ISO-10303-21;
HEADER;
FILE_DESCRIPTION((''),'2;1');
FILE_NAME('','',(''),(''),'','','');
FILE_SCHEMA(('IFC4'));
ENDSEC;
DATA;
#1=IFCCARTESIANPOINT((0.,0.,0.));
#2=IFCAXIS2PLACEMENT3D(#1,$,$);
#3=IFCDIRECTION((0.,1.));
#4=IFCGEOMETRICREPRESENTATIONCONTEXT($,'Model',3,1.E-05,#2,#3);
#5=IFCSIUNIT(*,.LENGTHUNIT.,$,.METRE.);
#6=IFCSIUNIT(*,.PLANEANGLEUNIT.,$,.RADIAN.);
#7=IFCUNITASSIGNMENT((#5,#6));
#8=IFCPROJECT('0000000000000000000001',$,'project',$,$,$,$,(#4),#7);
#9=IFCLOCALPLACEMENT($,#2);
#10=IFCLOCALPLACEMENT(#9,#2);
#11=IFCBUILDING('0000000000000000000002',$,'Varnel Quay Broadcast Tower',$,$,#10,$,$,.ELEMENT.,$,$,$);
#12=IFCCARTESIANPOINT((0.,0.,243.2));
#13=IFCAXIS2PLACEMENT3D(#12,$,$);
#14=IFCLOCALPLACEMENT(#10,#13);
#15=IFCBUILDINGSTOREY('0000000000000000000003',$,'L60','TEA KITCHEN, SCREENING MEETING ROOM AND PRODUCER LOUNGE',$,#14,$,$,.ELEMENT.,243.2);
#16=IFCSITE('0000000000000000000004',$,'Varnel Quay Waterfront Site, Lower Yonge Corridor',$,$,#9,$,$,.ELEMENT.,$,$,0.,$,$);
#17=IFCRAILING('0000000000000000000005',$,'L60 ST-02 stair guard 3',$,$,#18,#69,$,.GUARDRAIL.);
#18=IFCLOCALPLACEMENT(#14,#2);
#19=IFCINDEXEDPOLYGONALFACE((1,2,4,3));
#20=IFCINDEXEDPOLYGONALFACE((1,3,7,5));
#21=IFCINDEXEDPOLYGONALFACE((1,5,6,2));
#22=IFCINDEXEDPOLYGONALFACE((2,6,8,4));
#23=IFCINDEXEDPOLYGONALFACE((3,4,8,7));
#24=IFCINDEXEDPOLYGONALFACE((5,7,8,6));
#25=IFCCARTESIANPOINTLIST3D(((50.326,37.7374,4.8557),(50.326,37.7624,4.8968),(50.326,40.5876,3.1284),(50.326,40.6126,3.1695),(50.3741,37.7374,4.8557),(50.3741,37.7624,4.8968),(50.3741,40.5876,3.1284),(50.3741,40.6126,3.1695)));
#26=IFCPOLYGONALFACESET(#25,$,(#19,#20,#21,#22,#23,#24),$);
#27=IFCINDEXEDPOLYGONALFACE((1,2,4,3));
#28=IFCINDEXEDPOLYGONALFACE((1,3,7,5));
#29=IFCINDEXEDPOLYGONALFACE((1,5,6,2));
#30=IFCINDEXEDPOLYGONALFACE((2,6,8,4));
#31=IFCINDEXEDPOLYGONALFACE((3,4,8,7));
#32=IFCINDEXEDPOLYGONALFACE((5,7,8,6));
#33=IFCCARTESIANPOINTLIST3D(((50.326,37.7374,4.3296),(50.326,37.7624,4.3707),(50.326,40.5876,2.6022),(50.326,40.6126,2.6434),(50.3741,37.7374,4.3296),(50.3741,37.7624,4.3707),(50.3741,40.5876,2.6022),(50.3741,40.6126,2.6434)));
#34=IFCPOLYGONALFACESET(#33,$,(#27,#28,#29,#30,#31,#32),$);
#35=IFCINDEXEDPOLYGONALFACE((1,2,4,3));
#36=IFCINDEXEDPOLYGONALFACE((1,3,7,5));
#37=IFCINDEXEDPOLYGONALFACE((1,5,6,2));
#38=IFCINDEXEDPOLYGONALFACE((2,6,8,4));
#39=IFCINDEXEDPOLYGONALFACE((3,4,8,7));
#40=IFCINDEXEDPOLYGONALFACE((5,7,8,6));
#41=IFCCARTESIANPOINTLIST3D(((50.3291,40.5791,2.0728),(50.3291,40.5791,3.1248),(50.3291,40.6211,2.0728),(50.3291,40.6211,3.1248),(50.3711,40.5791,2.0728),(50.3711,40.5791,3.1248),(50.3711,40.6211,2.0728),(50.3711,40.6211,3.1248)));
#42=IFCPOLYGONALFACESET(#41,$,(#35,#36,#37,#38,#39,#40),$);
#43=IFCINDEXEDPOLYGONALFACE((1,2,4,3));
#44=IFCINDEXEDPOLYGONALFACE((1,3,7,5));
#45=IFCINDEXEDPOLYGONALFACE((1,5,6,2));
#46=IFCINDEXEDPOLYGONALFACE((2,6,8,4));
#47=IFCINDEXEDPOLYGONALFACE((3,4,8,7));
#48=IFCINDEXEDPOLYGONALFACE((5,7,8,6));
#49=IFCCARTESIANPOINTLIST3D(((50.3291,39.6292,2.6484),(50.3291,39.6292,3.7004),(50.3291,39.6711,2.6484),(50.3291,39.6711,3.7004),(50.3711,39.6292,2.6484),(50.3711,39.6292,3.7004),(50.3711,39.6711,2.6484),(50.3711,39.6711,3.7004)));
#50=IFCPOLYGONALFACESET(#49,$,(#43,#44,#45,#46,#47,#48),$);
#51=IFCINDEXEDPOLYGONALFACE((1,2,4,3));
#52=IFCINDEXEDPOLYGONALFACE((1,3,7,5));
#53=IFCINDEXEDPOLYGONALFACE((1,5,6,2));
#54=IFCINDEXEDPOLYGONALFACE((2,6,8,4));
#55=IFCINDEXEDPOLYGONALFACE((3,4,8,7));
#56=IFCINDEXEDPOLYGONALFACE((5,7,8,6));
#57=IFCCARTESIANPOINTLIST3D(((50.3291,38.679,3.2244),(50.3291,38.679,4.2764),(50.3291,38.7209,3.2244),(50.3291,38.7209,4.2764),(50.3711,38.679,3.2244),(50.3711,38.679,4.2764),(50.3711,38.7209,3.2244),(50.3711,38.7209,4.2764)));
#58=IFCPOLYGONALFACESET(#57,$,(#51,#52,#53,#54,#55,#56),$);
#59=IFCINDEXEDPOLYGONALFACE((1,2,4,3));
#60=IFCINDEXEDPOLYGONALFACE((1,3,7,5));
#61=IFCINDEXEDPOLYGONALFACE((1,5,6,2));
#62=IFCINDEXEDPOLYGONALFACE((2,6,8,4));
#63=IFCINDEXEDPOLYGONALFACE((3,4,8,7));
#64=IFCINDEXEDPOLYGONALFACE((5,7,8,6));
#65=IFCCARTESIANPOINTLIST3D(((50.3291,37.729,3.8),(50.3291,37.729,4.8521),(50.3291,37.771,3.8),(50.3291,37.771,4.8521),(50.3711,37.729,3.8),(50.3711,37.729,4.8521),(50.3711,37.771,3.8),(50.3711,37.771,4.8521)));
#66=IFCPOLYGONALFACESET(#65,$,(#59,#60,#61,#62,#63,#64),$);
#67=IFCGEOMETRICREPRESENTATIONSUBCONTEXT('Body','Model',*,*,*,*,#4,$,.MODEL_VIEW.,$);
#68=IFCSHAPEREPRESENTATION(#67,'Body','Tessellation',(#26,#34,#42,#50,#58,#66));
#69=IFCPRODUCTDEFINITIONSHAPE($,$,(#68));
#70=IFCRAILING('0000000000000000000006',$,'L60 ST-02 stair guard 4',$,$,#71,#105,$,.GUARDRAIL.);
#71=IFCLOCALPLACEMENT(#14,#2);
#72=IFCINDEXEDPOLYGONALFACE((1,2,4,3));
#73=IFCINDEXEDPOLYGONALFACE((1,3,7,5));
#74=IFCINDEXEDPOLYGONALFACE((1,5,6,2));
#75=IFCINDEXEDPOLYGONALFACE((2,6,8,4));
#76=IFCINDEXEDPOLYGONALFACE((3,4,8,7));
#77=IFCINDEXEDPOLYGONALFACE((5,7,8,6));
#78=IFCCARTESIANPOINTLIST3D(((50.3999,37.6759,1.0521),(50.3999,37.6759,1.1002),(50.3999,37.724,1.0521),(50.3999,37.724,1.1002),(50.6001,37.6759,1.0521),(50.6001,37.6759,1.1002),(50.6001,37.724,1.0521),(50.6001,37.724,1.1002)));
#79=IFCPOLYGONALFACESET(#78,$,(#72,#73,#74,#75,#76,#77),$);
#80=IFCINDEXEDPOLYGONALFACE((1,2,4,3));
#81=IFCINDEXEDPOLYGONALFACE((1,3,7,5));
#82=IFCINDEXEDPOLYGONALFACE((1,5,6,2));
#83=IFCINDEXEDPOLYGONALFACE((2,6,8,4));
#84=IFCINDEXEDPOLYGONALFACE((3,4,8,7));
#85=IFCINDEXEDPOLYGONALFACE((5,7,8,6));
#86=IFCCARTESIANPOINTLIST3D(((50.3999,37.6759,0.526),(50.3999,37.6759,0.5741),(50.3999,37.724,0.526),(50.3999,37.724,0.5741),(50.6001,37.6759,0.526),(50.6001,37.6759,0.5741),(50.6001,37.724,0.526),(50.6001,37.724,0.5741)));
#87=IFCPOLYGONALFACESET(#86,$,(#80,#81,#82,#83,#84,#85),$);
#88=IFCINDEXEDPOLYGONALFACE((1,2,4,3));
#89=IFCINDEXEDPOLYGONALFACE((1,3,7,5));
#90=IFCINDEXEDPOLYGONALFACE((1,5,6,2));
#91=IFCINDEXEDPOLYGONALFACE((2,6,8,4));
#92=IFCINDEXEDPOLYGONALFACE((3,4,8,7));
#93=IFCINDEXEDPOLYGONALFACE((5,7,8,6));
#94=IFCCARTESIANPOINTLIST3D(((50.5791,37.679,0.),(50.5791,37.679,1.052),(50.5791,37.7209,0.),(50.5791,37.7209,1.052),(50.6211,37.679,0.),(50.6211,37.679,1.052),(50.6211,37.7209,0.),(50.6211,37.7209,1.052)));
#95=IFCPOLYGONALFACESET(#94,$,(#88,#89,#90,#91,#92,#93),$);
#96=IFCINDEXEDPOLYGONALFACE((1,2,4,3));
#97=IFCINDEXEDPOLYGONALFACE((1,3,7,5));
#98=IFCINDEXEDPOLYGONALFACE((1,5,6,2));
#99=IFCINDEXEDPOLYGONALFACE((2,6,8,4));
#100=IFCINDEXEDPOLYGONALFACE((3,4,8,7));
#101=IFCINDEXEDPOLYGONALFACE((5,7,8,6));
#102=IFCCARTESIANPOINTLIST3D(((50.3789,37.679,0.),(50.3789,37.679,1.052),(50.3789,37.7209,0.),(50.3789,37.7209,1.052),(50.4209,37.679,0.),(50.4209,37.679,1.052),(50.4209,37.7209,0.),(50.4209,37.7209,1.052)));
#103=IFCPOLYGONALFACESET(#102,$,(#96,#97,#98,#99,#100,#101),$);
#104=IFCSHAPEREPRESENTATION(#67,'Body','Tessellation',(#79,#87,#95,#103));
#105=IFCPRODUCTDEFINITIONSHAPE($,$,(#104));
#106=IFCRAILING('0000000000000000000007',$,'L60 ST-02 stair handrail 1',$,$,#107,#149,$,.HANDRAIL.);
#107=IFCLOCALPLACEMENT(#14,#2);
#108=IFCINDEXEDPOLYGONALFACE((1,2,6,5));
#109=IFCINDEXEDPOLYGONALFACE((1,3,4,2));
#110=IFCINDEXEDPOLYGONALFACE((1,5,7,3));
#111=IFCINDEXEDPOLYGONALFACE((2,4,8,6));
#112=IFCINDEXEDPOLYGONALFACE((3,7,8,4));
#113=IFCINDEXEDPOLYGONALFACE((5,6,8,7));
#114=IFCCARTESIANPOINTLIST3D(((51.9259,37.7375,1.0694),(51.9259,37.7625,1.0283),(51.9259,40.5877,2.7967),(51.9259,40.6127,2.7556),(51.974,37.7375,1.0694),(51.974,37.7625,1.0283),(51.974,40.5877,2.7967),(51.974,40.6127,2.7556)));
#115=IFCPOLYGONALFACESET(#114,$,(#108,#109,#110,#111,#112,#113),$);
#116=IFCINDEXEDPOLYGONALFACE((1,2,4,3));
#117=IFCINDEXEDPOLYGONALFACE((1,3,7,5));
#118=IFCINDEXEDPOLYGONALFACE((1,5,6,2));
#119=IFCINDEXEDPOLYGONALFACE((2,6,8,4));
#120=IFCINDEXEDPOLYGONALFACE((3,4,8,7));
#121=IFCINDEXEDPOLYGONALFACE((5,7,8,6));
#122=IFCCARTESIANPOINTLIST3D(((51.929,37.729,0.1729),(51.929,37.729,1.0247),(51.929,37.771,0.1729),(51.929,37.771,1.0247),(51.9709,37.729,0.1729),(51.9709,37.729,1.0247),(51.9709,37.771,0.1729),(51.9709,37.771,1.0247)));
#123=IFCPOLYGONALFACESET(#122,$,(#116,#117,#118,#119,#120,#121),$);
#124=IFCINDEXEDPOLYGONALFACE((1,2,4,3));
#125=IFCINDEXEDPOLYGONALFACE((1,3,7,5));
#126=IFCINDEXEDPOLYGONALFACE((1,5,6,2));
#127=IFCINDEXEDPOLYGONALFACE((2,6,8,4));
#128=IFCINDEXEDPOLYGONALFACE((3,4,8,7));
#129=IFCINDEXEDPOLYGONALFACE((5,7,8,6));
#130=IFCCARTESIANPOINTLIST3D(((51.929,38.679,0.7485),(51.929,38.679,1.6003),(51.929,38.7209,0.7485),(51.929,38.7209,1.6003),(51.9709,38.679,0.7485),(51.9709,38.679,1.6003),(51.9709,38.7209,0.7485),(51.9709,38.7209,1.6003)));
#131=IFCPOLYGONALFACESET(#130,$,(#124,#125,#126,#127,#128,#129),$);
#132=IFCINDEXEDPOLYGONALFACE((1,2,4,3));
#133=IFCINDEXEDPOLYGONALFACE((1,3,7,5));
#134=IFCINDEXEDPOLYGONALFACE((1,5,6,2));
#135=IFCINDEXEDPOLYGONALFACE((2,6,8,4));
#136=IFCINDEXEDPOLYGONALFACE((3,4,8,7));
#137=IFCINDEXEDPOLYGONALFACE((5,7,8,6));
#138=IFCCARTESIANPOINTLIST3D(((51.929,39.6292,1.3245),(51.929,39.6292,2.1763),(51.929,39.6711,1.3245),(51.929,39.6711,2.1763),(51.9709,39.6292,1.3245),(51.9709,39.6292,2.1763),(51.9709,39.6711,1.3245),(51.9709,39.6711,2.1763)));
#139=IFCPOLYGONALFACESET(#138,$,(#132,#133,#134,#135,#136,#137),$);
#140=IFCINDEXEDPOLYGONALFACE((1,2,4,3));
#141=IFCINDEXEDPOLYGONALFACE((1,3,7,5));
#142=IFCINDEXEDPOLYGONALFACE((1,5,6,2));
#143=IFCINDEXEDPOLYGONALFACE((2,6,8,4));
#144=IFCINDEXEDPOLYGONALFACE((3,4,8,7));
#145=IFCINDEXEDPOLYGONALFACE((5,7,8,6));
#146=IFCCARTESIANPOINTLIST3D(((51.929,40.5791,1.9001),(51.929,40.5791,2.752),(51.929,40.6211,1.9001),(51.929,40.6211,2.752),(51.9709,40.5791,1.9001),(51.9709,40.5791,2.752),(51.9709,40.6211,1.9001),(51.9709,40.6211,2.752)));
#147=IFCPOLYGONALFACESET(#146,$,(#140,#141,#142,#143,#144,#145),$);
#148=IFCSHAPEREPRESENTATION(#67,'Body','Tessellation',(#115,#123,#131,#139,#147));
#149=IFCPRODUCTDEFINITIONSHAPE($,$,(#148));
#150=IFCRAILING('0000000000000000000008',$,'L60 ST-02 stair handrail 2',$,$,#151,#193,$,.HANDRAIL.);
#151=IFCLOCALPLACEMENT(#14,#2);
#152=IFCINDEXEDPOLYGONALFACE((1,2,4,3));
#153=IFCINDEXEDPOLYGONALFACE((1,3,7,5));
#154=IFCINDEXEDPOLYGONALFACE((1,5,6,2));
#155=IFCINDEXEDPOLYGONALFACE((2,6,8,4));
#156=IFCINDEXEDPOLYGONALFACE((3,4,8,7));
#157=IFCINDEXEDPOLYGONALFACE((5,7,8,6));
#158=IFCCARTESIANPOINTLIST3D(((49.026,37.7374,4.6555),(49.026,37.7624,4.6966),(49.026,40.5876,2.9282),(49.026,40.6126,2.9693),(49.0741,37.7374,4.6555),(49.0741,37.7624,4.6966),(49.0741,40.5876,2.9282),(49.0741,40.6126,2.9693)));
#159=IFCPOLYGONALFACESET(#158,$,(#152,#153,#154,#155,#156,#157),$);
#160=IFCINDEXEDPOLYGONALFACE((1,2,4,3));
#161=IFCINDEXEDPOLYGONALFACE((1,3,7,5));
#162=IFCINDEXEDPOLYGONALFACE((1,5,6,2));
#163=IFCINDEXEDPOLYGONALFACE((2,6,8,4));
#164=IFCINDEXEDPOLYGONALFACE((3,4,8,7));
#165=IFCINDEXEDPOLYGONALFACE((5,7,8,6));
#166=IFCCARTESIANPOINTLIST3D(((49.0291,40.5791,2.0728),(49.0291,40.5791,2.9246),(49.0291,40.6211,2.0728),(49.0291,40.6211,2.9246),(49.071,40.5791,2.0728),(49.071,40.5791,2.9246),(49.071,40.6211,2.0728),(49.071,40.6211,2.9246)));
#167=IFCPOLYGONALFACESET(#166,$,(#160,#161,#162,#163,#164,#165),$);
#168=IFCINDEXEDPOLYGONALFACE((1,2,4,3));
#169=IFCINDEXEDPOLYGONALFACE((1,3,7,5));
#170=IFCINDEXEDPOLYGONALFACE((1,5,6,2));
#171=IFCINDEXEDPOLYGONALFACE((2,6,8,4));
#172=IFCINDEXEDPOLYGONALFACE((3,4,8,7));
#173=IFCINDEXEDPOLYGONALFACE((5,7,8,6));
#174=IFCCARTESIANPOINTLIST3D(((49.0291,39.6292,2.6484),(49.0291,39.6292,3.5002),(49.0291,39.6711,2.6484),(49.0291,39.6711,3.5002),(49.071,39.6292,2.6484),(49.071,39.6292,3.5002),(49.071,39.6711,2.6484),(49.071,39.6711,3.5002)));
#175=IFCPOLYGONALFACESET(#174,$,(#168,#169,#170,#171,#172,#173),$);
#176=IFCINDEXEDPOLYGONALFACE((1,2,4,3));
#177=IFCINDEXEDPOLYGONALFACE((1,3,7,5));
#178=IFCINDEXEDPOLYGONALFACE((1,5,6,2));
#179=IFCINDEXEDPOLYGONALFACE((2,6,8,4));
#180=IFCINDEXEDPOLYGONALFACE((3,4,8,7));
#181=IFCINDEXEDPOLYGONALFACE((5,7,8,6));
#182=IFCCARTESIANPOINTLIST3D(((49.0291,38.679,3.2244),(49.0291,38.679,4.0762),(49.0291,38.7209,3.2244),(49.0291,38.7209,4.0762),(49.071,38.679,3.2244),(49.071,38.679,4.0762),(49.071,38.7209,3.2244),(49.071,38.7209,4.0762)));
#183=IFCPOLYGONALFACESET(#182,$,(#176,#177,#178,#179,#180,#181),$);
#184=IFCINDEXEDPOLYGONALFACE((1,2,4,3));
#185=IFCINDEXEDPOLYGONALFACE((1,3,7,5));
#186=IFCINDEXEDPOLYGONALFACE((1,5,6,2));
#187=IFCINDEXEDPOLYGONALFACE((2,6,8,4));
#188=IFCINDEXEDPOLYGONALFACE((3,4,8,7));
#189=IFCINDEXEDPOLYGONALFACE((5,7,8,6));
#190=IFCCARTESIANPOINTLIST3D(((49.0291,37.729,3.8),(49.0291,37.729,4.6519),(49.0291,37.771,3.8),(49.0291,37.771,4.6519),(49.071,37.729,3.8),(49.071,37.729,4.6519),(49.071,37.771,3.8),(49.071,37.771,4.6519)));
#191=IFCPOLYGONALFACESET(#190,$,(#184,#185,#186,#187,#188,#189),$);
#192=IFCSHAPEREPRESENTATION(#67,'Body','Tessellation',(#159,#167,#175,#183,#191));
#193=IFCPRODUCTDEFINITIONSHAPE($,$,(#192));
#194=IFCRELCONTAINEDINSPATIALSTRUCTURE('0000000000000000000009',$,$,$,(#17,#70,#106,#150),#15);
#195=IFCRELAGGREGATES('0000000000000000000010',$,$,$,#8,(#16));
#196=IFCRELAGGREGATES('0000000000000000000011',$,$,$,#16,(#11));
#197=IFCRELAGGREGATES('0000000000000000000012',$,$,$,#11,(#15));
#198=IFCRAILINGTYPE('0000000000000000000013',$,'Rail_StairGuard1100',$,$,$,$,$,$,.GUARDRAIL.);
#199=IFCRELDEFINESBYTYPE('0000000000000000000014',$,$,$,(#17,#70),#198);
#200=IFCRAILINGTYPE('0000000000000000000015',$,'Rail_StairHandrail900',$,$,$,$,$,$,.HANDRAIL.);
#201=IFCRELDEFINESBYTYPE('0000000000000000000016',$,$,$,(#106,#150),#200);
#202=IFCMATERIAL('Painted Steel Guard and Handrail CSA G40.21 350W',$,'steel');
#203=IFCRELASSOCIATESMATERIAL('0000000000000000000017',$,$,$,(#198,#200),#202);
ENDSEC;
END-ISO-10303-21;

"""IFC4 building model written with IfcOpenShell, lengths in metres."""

from ifc_helpers import new_model, si_unit, direction, frame, origin, origin_2d, place, context, subcontext, project, spatial, rectangle, extrude, material, type_object, element, save


model = new_model("IFC4")

# Units and contexts
model_context = context("Model", 3, precision=1e-05, world=origin(), true_north=direction((0.0, 1.0)))
body_context = subcontext(model_context, "Body", "Model", "MODEL_VIEW")
ifc_project = project(units=[si_unit("LENGTHUNIT", "METRE"), si_unit("PLANEANGLEUNIT", "RADIAN")], contexts=[model_context])

# Site, building, storey
site_placement = place(None, origin())
site = spatial("IfcSite", under=ifc_project, at=site_placement, Name="Varnel Quay Waterfront Site, Lower Yonge Corridor", CompositionType="ELEMENT", RefElevation=0.0)
building_placement = place(site_placement, origin())
building = spatial("IfcBuilding", under=site, at=building_placement, Name="Varnel Quay Broadcast Tower", CompositionType="ELEMENT")
storey_placement = place(building_placement, frame((0.0, 0.0, 243.2)))
storey = spatial("IfcBuildingStorey", under=building, at=storey_placement, Name="L60", Description="TEA KITCHEN, SCREENING MEETING ROOM AND PRODUCER LOUNGE", CompositionType="ELEMENT", Elevation=243.2)

# Railings
ifc_material_1 = material(Name="Painted Steel Guard and Handrail CSA G40.21 350W", Category="steel")
railing_type_1 = type_object("IfcRailingType", Name="Rail_StairGuard1100", PredefinedType="GUARDRAIL", material=ifc_material_1)
railing_1_placement = place(storey_placement, frame((50.3501, 40.6001, 2.0728)))
element("IfcRailing", 1, at=railing_1_placement, inside=storey, type_object=railing_type_1, Name="L60 ST-02 stair guard 3", PredefinedType="GUARDRAIL", context=body_context, shape_type="SweptSolid", body=[
    extrude(rectangle(XDim=0.0481, YDim=0.0481, at=origin_2d()), frame((0.0, 0.0, 1.0762), z_axis=(0.0, -0.855203, 0.518294), x_axis=(1.0, 0.0, 0.0)), (0.0, 0.0, 1.0), 3.3328),
    extrude(rectangle(XDim=0.0481, YDim=0.0481, at=origin_2d()), frame((0.0, 0.0, 0.55), z_axis=(0.0, -0.855203, 0.518294), x_axis=(1.0, 0.0, 0.0)), (0.0, 0.0, 1.0), 3.3328),
    extrude(rectangle(XDim=0.042, YDim=0.042, at=origin_2d()), origin(), (0.0, 0.0, 1.0), 1.052),
    extrude(rectangle(XDim=0.042, YDim=0.042, at=origin_2d()), frame((0.0, -0.95, 0.5757)), (0.0, 0.0, 1.0), 1.052),
    extrude(rectangle(XDim=0.042, YDim=0.042, at=origin_2d()), frame((0.0, -1.9001, 1.1516)), (0.0, 0.0, 1.0), 1.052),
    extrude(rectangle(XDim=0.042, YDim=0.042, at=origin_2d()), frame((0.0, -2.8501, 1.7273)), (0.0, 0.0, 1.0), 1.052),
])
railing_2_placement = place(storey_placement, frame((50.6001, 37.7, 0.0)))
element("IfcRailing", 2, at=railing_2_placement, inside=storey, type_object=railing_type_1, Name="L60 ST-02 stair guard 4", PredefinedType="GUARDRAIL", context=body_context, shape_type="SweptSolid", body=[
    extrude(rectangle(XDim=0.0481, YDim=0.0481, at=origin_2d()), frame((0.0, 0.0, 1.0762), z_axis=(-1.0, 0.0, 0.0), x_axis=(0.0, -1.0, 0.0)), (0.0, 0.0, 1.0), 0.2002),
    extrude(rectangle(XDim=0.0481, YDim=0.0481, at=origin_2d()), frame((0.0, 0.0, 0.55), z_axis=(-1.0, 0.0, 0.0), x_axis=(0.0, -1.0, 0.0)), (0.0, 0.0, 1.0), 0.2002),
    extrude(rectangle(XDim=0.042, YDim=0.042, at=origin_2d()), origin(), (0.0, 0.0, 1.0), 1.052),
    extrude(rectangle(XDim=0.042, YDim=0.042, at=origin_2d()), frame((-0.2002, 0.0, 0.0)), (0.0, 0.0, 1.0), 1.052),
])
railing_type_2 = type_object("IfcRailingType", Name="Rail_StairHandrail900", PredefinedType="HANDRAIL", material=ifc_material_1)
railing_3_placement = place(storey_placement, frame((51.95, 37.75, 0.1729)))
element("IfcRailing", 3, at=railing_3_placement, inside=storey, type_object=railing_type_2, Name="L60 ST-02 stair handrail 1", PredefinedType="HANDRAIL", context=body_context, shape_type="SweptSolid", body=[
    extrude(rectangle(XDim=0.0481, YDim=0.0481, at=origin_2d()), frame((0.0, 0.0, 0.876), z_axis=(0.0, 0.855203, 0.518294), x_axis=(-1.0, 0.0, 0.0)), (0.0, 0.0, 1.0), 3.3328),
    extrude(rectangle(XDim=0.042, YDim=0.042, at=origin_2d()), origin(), (0.0, 0.0, 1.0), 0.8518),
    extrude(rectangle(XDim=0.042, YDim=0.042, at=origin_2d()), frame((0.0, 0.95, 0.5757)), (0.0, 0.0, 1.0), 0.8518),
    extrude(rectangle(XDim=0.042, YDim=0.042, at=origin_2d()), frame((0.0, 1.9001, 1.1516)), (0.0, 0.0, 1.0), 0.8518),
    extrude(rectangle(XDim=0.042, YDim=0.042, at=origin_2d()), frame((0.0, 2.8501, 1.7273)), (0.0, 0.0, 1.0), 0.8518),
])
railing_4_placement = place(storey_placement, frame((49.05, 40.6001, 2.0728)))
element("IfcRailing", 4, at=railing_4_placement, inside=storey, type_object=railing_type_2, Name="L60 ST-02 stair handrail 2", PredefinedType="HANDRAIL", context=body_context, shape_type="SweptSolid", body=[
    extrude(rectangle(XDim=0.0481, YDim=0.0481, at=origin_2d()), frame((0.0, 0.0, 0.876), z_axis=(0.0, -0.855203, 0.518294), x_axis=(1.0, 0.0, 0.0)), (0.0, 0.0, 1.0), 3.3328),
    extrude(rectangle(XDim=0.042, YDim=0.042, at=origin_2d()), origin(), (0.0, 0.0, 1.0), 0.8518),
    extrude(rectangle(XDim=0.042, YDim=0.042, at=origin_2d()), frame((0.0, -0.95, 0.5757)), (0.0, 0.0, 1.0), 0.8518),
    extrude(rectangle(XDim=0.042, YDim=0.042, at=origin_2d()), frame((0.0, -1.9001, 1.1516)), (0.0, 0.0, 1.0), 0.8518),
    extrude(rectangle(XDim=0.042, YDim=0.042, at=origin_2d()), frame((0.0, -2.8501, 1.7273)), (0.0, 0.0, 1.0), 0.8518),
])

save(model, "model.ifc")
